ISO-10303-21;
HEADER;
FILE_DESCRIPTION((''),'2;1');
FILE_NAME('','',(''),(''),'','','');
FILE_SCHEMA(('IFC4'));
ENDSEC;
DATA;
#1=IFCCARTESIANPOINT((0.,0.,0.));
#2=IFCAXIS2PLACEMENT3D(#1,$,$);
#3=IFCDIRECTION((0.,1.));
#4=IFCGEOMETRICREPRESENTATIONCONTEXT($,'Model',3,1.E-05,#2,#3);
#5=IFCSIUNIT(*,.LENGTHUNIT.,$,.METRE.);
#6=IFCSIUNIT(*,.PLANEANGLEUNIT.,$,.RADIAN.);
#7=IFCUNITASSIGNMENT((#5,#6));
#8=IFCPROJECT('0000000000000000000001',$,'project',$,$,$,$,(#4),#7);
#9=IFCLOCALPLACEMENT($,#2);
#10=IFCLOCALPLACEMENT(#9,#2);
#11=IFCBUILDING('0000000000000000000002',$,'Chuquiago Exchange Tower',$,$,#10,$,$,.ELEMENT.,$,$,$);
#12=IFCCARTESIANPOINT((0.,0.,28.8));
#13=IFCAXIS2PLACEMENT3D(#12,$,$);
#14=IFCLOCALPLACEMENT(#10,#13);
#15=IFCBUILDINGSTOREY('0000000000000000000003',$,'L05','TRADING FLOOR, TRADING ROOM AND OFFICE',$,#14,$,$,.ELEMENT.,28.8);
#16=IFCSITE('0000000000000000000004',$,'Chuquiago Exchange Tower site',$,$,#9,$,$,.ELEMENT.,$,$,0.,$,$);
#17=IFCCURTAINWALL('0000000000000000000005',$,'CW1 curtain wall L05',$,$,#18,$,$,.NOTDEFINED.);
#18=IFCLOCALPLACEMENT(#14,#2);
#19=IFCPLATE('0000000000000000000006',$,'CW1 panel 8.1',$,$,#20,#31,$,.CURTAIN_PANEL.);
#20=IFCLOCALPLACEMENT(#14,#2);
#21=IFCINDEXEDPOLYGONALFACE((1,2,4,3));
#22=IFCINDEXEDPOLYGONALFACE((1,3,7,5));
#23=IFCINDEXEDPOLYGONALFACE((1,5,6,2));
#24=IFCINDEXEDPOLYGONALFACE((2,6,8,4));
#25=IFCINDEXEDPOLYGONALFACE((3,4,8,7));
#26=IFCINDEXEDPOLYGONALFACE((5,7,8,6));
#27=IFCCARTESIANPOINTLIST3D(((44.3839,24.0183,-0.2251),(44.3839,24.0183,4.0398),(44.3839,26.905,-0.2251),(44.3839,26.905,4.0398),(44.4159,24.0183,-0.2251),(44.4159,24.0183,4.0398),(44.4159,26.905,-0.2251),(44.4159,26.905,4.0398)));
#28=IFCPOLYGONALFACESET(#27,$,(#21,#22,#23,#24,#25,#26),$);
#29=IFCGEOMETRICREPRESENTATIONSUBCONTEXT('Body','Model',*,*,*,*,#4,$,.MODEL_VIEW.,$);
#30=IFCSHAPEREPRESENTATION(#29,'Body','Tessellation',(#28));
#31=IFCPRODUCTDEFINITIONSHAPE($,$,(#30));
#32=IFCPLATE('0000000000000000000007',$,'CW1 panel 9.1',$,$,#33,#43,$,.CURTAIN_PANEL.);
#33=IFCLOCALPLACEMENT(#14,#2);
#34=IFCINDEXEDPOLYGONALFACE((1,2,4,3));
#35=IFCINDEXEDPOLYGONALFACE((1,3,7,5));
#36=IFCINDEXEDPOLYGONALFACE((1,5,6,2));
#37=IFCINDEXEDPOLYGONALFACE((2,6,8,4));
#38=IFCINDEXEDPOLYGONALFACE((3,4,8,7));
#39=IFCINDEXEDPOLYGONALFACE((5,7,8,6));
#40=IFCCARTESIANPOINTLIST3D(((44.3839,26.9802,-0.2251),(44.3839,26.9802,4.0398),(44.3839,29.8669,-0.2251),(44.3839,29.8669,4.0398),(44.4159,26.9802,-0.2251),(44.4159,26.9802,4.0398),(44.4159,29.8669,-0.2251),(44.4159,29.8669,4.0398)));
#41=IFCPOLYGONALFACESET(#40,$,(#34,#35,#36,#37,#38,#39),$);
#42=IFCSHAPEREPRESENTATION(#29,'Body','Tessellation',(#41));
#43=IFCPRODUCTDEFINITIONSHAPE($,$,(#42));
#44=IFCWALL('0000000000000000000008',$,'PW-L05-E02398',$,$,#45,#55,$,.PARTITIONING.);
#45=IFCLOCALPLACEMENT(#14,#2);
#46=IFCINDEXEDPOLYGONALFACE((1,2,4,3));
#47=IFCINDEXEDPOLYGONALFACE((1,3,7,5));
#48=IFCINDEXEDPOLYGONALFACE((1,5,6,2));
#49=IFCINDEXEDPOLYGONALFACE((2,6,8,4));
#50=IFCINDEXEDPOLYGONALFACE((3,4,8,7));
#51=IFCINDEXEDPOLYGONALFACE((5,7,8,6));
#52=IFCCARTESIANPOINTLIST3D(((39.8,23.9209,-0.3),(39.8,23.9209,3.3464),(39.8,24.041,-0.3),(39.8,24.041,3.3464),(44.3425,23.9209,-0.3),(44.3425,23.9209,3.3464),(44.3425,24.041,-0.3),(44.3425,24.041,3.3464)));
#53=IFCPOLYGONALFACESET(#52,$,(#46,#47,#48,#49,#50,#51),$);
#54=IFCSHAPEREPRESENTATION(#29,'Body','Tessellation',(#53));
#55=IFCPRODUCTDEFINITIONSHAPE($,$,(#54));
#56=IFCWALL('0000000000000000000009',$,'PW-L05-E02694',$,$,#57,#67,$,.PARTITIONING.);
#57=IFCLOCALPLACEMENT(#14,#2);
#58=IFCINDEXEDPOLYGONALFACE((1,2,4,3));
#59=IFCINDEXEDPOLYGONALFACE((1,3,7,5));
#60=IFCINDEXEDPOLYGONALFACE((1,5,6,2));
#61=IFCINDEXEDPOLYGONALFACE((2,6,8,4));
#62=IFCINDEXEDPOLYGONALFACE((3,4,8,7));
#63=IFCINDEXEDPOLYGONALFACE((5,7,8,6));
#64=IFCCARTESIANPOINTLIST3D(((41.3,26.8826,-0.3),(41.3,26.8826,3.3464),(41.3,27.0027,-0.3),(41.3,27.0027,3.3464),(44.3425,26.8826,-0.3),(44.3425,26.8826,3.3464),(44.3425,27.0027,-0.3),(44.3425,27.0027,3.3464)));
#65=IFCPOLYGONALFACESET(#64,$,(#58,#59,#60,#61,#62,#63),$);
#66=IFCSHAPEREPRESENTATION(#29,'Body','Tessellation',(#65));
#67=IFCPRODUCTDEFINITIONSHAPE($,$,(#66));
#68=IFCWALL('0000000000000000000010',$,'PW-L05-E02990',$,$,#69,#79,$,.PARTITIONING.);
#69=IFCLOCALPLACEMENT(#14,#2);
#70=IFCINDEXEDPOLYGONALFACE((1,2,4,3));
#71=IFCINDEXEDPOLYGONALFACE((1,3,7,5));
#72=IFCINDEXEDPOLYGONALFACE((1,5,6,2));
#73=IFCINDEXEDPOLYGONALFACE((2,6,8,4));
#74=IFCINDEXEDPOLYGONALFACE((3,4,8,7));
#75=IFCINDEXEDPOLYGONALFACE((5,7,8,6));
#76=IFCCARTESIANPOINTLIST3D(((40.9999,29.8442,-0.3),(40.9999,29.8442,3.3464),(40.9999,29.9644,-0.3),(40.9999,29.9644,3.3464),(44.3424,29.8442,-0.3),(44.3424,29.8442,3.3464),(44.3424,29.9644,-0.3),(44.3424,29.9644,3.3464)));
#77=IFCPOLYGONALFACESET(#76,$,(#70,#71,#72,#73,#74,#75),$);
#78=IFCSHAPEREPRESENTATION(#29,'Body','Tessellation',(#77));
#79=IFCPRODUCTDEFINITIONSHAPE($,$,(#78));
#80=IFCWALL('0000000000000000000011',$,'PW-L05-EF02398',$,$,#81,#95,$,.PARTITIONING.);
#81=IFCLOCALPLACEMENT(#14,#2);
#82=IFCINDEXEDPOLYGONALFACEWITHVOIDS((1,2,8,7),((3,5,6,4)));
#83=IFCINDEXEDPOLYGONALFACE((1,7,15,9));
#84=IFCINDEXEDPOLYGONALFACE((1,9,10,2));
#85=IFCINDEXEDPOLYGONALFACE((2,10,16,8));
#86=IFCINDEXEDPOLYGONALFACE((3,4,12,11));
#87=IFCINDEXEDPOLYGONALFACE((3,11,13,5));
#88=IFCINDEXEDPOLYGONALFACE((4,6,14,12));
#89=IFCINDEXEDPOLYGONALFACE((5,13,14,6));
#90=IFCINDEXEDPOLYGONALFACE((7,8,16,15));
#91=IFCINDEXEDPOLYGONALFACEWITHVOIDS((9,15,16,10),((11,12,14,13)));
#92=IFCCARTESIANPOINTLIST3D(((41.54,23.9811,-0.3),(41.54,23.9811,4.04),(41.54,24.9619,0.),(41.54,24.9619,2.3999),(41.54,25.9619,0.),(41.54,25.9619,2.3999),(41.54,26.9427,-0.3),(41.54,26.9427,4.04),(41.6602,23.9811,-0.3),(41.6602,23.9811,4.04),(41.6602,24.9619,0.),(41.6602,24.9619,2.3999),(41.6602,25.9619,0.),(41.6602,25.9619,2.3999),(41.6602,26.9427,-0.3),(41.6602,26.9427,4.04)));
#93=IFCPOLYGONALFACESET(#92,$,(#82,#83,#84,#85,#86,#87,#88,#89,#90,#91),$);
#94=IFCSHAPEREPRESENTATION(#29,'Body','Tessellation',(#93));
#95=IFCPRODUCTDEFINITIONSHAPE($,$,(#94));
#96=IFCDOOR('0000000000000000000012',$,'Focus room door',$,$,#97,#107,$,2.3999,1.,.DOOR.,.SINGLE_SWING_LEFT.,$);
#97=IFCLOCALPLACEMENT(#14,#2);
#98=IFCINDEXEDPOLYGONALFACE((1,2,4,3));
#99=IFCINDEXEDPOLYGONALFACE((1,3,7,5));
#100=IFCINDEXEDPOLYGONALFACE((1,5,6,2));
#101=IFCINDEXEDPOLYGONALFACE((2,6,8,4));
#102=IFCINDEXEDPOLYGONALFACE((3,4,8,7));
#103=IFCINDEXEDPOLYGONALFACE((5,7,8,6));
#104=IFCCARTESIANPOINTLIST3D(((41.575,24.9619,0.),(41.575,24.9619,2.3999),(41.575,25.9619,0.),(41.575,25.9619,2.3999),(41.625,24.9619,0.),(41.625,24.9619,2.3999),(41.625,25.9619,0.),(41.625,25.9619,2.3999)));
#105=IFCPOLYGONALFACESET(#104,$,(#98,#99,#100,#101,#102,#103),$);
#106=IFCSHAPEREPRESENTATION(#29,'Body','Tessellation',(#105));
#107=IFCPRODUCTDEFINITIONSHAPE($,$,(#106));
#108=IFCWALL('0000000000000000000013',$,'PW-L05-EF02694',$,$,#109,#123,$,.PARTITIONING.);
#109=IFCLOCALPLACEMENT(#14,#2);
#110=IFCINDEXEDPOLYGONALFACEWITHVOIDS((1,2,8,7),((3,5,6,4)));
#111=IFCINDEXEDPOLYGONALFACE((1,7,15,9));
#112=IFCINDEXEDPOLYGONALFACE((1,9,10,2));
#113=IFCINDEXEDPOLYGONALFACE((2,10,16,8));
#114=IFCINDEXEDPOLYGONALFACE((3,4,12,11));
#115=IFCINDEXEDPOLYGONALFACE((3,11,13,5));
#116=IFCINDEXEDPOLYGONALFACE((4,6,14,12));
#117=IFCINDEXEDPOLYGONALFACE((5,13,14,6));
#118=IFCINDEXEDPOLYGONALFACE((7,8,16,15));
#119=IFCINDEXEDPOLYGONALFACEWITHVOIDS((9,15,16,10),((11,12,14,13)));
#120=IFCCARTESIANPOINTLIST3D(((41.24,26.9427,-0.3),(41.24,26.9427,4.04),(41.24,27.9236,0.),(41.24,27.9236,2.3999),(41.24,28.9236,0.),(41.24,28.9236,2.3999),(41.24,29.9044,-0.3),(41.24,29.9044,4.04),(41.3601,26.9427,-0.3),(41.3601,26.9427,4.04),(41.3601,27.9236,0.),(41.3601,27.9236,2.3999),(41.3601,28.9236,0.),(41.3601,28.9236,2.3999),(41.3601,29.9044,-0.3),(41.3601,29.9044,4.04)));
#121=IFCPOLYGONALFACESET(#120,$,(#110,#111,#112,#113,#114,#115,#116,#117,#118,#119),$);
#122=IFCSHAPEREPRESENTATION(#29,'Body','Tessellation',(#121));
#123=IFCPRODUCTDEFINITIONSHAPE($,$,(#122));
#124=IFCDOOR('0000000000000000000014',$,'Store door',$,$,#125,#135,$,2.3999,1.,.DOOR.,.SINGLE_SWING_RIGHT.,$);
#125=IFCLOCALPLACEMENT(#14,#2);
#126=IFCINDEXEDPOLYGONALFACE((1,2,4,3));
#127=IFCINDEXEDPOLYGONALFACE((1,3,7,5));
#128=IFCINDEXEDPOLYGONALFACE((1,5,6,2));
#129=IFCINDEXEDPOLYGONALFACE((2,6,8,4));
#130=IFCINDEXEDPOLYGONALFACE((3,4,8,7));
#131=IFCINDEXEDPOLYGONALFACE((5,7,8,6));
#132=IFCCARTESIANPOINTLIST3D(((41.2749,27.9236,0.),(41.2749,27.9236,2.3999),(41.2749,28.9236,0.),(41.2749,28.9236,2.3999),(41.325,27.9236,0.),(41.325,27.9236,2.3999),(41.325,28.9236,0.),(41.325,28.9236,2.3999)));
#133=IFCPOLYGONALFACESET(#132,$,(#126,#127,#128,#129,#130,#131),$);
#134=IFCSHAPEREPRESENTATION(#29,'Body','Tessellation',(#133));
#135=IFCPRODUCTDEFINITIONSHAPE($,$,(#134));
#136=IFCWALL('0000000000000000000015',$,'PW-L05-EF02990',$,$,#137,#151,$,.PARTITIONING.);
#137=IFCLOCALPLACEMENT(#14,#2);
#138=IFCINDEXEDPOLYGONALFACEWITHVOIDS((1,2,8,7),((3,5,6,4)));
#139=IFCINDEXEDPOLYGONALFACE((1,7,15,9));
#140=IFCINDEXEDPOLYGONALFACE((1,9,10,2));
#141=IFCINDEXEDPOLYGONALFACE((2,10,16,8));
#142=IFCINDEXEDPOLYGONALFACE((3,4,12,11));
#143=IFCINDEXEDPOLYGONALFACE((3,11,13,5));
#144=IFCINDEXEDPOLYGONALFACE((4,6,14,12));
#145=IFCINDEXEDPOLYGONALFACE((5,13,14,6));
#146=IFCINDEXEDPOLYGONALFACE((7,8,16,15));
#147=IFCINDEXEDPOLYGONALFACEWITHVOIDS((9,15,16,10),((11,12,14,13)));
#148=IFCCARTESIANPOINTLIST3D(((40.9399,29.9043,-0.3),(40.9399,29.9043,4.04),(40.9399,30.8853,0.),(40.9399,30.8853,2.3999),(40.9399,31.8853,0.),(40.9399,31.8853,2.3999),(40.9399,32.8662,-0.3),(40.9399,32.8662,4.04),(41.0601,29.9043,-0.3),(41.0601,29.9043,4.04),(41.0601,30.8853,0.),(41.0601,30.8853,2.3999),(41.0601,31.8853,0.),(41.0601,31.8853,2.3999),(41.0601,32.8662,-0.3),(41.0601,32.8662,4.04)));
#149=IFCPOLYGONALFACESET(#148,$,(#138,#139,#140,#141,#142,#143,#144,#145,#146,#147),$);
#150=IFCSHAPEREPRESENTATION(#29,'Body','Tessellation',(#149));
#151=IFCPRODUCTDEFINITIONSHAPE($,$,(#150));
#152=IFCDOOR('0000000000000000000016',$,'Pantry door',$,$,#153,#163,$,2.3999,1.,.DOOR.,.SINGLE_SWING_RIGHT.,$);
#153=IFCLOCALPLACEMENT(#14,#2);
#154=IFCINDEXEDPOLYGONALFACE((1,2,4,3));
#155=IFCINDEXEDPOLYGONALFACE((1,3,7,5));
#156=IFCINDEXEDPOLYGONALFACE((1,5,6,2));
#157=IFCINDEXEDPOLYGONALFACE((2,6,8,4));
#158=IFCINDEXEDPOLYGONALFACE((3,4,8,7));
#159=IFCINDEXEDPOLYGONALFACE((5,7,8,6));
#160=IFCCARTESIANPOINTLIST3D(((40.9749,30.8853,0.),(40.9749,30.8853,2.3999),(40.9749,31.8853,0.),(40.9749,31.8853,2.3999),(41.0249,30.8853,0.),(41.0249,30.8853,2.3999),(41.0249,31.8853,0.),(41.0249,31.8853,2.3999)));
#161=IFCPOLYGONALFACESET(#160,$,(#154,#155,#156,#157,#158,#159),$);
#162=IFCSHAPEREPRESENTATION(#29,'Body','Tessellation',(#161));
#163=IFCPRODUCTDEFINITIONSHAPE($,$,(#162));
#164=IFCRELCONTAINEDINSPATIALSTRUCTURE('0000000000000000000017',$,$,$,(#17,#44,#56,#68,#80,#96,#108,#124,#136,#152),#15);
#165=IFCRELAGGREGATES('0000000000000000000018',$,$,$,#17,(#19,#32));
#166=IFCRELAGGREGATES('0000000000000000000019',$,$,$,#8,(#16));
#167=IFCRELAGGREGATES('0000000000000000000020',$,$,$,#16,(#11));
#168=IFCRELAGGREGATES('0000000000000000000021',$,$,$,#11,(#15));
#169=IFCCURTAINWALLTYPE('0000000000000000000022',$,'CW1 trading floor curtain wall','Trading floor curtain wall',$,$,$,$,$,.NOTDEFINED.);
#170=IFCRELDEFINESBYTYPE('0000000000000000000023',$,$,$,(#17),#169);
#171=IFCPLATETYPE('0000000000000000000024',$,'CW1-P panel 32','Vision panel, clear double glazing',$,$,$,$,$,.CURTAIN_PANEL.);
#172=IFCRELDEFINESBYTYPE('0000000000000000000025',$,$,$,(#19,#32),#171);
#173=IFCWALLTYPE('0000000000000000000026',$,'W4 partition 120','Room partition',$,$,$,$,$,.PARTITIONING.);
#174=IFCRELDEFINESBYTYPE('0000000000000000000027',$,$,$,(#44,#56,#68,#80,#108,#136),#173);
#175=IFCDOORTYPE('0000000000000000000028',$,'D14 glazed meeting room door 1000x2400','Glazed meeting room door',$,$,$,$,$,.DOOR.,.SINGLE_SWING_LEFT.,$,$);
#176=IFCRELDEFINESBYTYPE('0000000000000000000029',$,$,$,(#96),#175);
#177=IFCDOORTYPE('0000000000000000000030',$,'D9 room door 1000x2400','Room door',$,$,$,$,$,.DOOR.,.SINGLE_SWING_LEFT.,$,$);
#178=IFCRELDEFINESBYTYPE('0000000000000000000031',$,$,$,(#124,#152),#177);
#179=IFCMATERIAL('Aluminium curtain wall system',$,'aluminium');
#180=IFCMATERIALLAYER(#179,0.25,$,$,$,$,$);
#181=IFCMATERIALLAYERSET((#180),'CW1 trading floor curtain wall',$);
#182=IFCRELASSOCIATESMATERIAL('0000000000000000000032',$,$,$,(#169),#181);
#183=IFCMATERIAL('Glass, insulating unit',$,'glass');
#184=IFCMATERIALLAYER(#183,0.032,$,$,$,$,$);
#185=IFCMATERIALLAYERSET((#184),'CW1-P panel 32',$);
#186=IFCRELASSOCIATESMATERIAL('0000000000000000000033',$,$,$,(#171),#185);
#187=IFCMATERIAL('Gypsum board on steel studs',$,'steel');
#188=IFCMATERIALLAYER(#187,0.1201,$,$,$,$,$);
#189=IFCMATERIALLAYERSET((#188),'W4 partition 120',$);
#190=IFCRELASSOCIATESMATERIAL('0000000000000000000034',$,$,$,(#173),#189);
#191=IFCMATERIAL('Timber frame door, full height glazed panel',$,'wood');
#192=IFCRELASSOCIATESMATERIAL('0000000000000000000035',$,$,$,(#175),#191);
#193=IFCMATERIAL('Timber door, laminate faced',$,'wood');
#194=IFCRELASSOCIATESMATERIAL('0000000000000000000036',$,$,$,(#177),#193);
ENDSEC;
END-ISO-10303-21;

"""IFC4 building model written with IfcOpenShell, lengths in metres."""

from ifc_helpers import new_model, si_unit, direction, frame, frame_2d, origin, origin_2d, place, context, subcontext, project, spatial, rectangle, extrude, material, layer, layer_set, type_object, element, fill, aggregate, save


model = new_model("IFC4")

# Units and contexts
model_context = context("Model", 3, precision=1e-05, world=origin(), true_north=direction((0.0, 1.0)))
body_context = subcontext(model_context, "Body", "Model", "MODEL_VIEW")
ifc_project = project(units=[si_unit("LENGTHUNIT", "METRE"), si_unit("PLANEANGLEUNIT", "RADIAN")], contexts=[model_context])

# Site, building, storey
site_placement = place(None, origin())
site = spatial("IfcSite", under=ifc_project, at=site_placement, Name="Chuquiago Exchange Tower site", CompositionType="ELEMENT", RefElevation=0.0)
building_placement = place(site_placement, origin())
building = spatial("IfcBuilding", under=site, at=building_placement, Name="Chuquiago Exchange Tower", CompositionType="ELEMENT")
storey_placement = place(building_placement, frame((0.0, 0.0, 28.8)))
storey = spatial("IfcBuildingStorey", under=building, at=storey_placement, Name="L05", Description="TRADING FLOOR, TRADING ROOM AND OFFICE", CompositionType="ELEMENT", Elevation=28.8)

# Curtain wall
ifc_material_1 = material(Name="Aluminium curtain wall system", Category="aluminium")
ifc_layer_1 = layer(ifc_material_1, 0.25)
ifc_layer_set_1 = layer_set([ifc_layer_1], Name="CW1 trading floor curtain wall")
curtain_wall_type = type_object("IfcCurtainWallType", Name="CW1 trading floor curtain wall", Description="Trading floor curtain wall", PredefinedType="NOTDEFINED", material=ifc_layer_set_1)
curtain_wall_placement = place(storey_placement, origin())
curtain_wall = element("IfcCurtainWall", 1, at=curtain_wall_placement, inside=storey, type_object=curtain_wall_type, Name="CW1 curtain wall L05", PredefinedType="NOTDEFINED")

# Plates
ifc_material_2 = material(Name="Glass, insulating unit", Category="glass")
ifc_layer_2 = layer(ifc_material_2, 0.032)
ifc_layer_set_2 = layer_set([ifc_layer_2], Name="CW1-P panel 32")
plate_type = type_object("IfcPlateType", Name="CW1-P panel 32", Description="Vision panel, clear double glazing", PredefinedType="CURTAIN_PANEL", material=ifc_layer_set_2)
plate_1_placement = place(storey_placement, frame((44.3999, 25.4617, -0.2251), z_axis=(0.0, 0.0, 1.0), x_axis=(0.0, 1.0, 0.0)))
plate_1 = element("IfcPlate", 2, at=plate_1_placement, type_object=plate_type, Name="CW1 panel 8.1", PredefinedType="CURTAIN_PANEL", context=body_context, shape_type="SweptSolid", body=[
    extrude(rectangle(XDim=2.8867, YDim=0.032, at=origin_2d()), origin(), (0.0, 0.0, 1.0), 4.2649),
])
plate_2_placement = place(storey_placement, frame((44.3999, 28.4236, -0.2251), z_axis=(0.0, 0.0, 1.0), x_axis=(0.0, 1.0, 0.0)))
plate_2 = element("IfcPlate", 3, at=plate_2_placement, type_object=plate_type, Name="CW1 panel 9.1", PredefinedType="CURTAIN_PANEL", context=body_context, shape_type="SweptSolid", body=[
    extrude(rectangle(XDim=2.8867, YDim=0.032, at=origin_2d()), origin(), (0.0, 0.0, 1.0), 4.2649),
])
aggregate(curtain_wall, [plate_1, plate_2])

# Walls
ifc_material_3 = material(Name="Gypsum board on steel studs", Category="steel")
ifc_layer_3 = layer(ifc_material_3, 0.1201)
ifc_layer_set_3 = layer_set([ifc_layer_3], Name="W4 partition 120")
wall_type = type_object("IfcWallType", Name="W4 partition 120", Description="Room partition", PredefinedType="PARTITIONING", material=ifc_layer_set_3)
wall_1_placement = place(storey_placement, frame((44.3425, 23.981, -0.3), z_axis=(0.0, 0.0, 1.0), x_axis=(-1.0, 0.0, 0.0)))
element("IfcWall", 4, at=wall_1_placement, inside=storey, type_object=wall_type, Name="PW-L05-E02398", PredefinedType="PARTITIONING", context=body_context, shape_type="SweptSolid", body=[
    extrude(rectangle(XDim=4.5425, YDim=0.1201, at=frame_2d((2.2712, 0.0))), origin(), (0.0, 0.0, 1.0), 3.6465),
])
wall_2_placement = place(storey_placement, frame((44.3425, 26.9426, -0.3), z_axis=(0.0, 0.0, 1.0), x_axis=(-1.0, 0.0, 0.0)))
element("IfcWall", 5, at=wall_2_placement, inside=storey, type_object=wall_type, Name="PW-L05-E02694", PredefinedType="PARTITIONING", context=body_context, shape_type="SweptSolid", body=[
    extrude(rectangle(XDim=3.0425, YDim=0.1201, at=frame_2d((1.5212, 0.0))), origin(), (0.0, 0.0, 1.0), 3.6465),
])
wall_3_placement = place(storey_placement, frame((44.3425, 29.9043, -0.3), z_axis=(0.0, 0.0, 1.0), x_axis=(-1.0, 0.0, 0.0)))
element("IfcWall", 6, at=wall_3_placement, inside=storey, type_object=wall_type, Name="PW-L05-E02990", PredefinedType="PARTITIONING", context=body_context, shape_type="SweptSolid", body=[
    extrude(rectangle(XDim=3.3425, YDim=0.1201, at=frame_2d((1.6714, 0.0))), origin(), (0.0, 0.0, 1.0), 3.6465),
])

# Walls, openings, doors
wall_4_placement = place(storey_placement, frame((41.6001, 23.981, -0.3), z_axis=(0.0, 0.0, 1.0), x_axis=(0.0, 1.0, 0.0)))
wall_4 = element("IfcWall", 7, at=wall_4_placement, inside=storey, type_object=wall_type, Name="PW-L05-EF02398", PredefinedType="PARTITIONING", context=body_context, shape_type="SweptSolid", body=[
    extrude(rectangle(XDim=2.9617, YDim=0.1201, at=frame_2d((1.481, 0.0))), origin(), (0.0, 0.0, 1.0), 4.3401),
])
opening_1_placement = place(wall_4_placement, frame((0.981, 0.0, 0.3)))
opening_1 = element("IfcOpeningElement", 8, at=opening_1_placement, cuts=wall_4, PredefinedType="OPENING", context=body_context, shape_type="SweptSolid", body=[
    extrude(rectangle(XDim=1.0, YDim=2.3999, at=frame_2d((0.5, 1.2))), frame((0.0, 0.0701, 0.0), z_axis=(0.0, -1.0, 0.0), x_axis=(1.0, 0.0, 0.0)), (0.0, 0.0, 1.0), 0.1401),
])
ifc_material_4 = material(Name="Timber frame door, full height glazed panel", Category="wood")
door_type_1 = type_object("IfcDoorType", Name="D14 glazed meeting room door 1000x2400", Description="Glazed meeting room door", OperationType="SINGLE_SWING_LEFT", PredefinedType="DOOR", material=ifc_material_4)
door_1_placement = place(opening_1_placement, frame((1.0, 0.0, 0.0), z_axis=(0.0, 0.0, 1.0), x_axis=(-1.0, 0.0, 0.0)))
door_1 = element("IfcDoor", 9, at=door_1_placement, inside=storey, type_object=door_type_1, Name="Focus room door", OperationType="SINGLE_SWING_LEFT", OverallHeight=2.3999, OverallWidth=1.0, PredefinedType="DOOR", context=body_context, shape_type="SweptSolid", body=[
    extrude(rectangle(XDim=1.0, YDim=2.3999, at=frame_2d((0.5, 1.2))), frame((0.0, 0.0249, 0.0), z_axis=(0.0, -1.0, 0.0), x_axis=(1.0, 0.0, 0.0)), (0.0, 0.0, 1.0), 0.05),
])
fill(opening_1, door_1)
wall_5_placement = place(storey_placement, frame((41.3, 26.9426, -0.3), z_axis=(0.0, 0.0, 1.0), x_axis=(0.0, 1.0, 0.0)))
wall_5 = element("IfcWall", 10, at=wall_5_placement, inside=storey, type_object=wall_type, Name="PW-L05-EF02694", PredefinedType="PARTITIONING", context=body_context, shape_type="SweptSolid", body=[
    extrude(rectangle(XDim=2.9617, YDim=0.1201, at=frame_2d((1.481, 0.0))), origin(), (0.0, 0.0, 1.0), 4.3401),
])
opening_2_placement = place(wall_5_placement, frame((0.981, 0.0, 0.3)))
opening_2 = element("IfcOpeningElement", 11, at=opening_2_placement, cuts=wall_5, PredefinedType="OPENING", context=body_context, shape_type="SweptSolid", body=[
    extrude(rectangle(XDim=1.0, YDim=2.3999, at=frame_2d((0.5, 1.2))), frame((0.0, 0.0701, 0.0), z_axis=(0.0, -1.0, 0.0), x_axis=(1.0, 0.0, 0.0)), (0.0, 0.0, 1.0), 0.1401),
])
ifc_material_5 = material(Name="Timber door, laminate faced", Category="wood")
door_type_2 = type_object("IfcDoorType", Name="D9 room door 1000x2400", Description="Room door", OperationType="SINGLE_SWING_LEFT", PredefinedType="DOOR", material=ifc_material_5)
door_2_placement = place(opening_2_placement, frame((1.0, 0.0, 0.0), z_axis=(0.0, 0.0, 1.0), x_axis=(-1.0, 0.0, 0.0)))
door_2 = element("IfcDoor", 12, at=door_2_placement, inside=storey, type_object=door_type_2, Name="Store door", OperationType="SINGLE_SWING_RIGHT", OverallHeight=2.3999, OverallWidth=1.0, PredefinedType="DOOR", context=body_context, shape_type="SweptSolid", body=[
    extrude(rectangle(XDim=1.0, YDim=2.3999, at=frame_2d((0.5, 1.2))), frame((0.0, 0.0249, 0.0), z_axis=(0.0, -1.0, 0.0), x_axis=(1.0, 0.0, 0.0)), (0.0, 0.0, 1.0), 0.05),
])
fill(opening_2, door_2)
wall_6_placement = place(storey_placement, frame((41.0, 29.9043, -0.3), z_axis=(0.0, 0.0, 1.0), x_axis=(0.0, 1.0, 0.0)))
wall_6 = element("IfcWall", 13, at=wall_6_placement, inside=storey, type_object=wall_type, Name="PW-L05-EF02990", PredefinedType="PARTITIONING", context=body_context, shape_type="SweptSolid", body=[
    extrude(rectangle(XDim=2.9619, YDim=0.1201, at=frame_2d((1.481, 0.0))), origin(), (0.0, 0.0, 1.0), 4.3401),
])
opening_3_placement = place(wall_6_placement, frame((0.981, 0.0, 0.3)))
opening_3 = element("IfcOpeningElement", 14, at=opening_3_placement, cuts=wall_6, PredefinedType="OPENING", context=body_context, shape_type="SweptSolid", body=[
    extrude(rectangle(XDim=1.0, YDim=2.3999, at=frame_2d((0.5, 1.2))), frame((0.0, 0.0701, 0.0), z_axis=(0.0, -1.0, 0.0), x_axis=(1.0, 0.0, 0.0)), (0.0, 0.0, 1.0), 0.1401),
])
door_3_placement = place(opening_3_placement, frame((1.0, 0.0, 0.0), z_axis=(0.0, 0.0, 1.0), x_axis=(-1.0, 0.0, 0.0)))
door_3 = element("IfcDoor", 15, at=door_3_placement, inside=storey, type_object=door_type_2, Name="Pantry door", OperationType="SINGLE_SWING_RIGHT", OverallHeight=2.3999, OverallWidth=1.0, PredefinedType="DOOR", context=body_context, shape_type="SweptSolid", body=[
    extrude(rectangle(XDim=1.0, YDim=2.3999, at=frame_2d((0.5, 1.2))), frame((0.0, 0.0249, 0.0), z_axis=(0.0, -1.0, 0.0), x_axis=(1.0, 0.0, 0.0)), (0.0, 0.0, 1.0), 0.05),
])
fill(opening_3, door_3)

save(model, "model.ifc")
